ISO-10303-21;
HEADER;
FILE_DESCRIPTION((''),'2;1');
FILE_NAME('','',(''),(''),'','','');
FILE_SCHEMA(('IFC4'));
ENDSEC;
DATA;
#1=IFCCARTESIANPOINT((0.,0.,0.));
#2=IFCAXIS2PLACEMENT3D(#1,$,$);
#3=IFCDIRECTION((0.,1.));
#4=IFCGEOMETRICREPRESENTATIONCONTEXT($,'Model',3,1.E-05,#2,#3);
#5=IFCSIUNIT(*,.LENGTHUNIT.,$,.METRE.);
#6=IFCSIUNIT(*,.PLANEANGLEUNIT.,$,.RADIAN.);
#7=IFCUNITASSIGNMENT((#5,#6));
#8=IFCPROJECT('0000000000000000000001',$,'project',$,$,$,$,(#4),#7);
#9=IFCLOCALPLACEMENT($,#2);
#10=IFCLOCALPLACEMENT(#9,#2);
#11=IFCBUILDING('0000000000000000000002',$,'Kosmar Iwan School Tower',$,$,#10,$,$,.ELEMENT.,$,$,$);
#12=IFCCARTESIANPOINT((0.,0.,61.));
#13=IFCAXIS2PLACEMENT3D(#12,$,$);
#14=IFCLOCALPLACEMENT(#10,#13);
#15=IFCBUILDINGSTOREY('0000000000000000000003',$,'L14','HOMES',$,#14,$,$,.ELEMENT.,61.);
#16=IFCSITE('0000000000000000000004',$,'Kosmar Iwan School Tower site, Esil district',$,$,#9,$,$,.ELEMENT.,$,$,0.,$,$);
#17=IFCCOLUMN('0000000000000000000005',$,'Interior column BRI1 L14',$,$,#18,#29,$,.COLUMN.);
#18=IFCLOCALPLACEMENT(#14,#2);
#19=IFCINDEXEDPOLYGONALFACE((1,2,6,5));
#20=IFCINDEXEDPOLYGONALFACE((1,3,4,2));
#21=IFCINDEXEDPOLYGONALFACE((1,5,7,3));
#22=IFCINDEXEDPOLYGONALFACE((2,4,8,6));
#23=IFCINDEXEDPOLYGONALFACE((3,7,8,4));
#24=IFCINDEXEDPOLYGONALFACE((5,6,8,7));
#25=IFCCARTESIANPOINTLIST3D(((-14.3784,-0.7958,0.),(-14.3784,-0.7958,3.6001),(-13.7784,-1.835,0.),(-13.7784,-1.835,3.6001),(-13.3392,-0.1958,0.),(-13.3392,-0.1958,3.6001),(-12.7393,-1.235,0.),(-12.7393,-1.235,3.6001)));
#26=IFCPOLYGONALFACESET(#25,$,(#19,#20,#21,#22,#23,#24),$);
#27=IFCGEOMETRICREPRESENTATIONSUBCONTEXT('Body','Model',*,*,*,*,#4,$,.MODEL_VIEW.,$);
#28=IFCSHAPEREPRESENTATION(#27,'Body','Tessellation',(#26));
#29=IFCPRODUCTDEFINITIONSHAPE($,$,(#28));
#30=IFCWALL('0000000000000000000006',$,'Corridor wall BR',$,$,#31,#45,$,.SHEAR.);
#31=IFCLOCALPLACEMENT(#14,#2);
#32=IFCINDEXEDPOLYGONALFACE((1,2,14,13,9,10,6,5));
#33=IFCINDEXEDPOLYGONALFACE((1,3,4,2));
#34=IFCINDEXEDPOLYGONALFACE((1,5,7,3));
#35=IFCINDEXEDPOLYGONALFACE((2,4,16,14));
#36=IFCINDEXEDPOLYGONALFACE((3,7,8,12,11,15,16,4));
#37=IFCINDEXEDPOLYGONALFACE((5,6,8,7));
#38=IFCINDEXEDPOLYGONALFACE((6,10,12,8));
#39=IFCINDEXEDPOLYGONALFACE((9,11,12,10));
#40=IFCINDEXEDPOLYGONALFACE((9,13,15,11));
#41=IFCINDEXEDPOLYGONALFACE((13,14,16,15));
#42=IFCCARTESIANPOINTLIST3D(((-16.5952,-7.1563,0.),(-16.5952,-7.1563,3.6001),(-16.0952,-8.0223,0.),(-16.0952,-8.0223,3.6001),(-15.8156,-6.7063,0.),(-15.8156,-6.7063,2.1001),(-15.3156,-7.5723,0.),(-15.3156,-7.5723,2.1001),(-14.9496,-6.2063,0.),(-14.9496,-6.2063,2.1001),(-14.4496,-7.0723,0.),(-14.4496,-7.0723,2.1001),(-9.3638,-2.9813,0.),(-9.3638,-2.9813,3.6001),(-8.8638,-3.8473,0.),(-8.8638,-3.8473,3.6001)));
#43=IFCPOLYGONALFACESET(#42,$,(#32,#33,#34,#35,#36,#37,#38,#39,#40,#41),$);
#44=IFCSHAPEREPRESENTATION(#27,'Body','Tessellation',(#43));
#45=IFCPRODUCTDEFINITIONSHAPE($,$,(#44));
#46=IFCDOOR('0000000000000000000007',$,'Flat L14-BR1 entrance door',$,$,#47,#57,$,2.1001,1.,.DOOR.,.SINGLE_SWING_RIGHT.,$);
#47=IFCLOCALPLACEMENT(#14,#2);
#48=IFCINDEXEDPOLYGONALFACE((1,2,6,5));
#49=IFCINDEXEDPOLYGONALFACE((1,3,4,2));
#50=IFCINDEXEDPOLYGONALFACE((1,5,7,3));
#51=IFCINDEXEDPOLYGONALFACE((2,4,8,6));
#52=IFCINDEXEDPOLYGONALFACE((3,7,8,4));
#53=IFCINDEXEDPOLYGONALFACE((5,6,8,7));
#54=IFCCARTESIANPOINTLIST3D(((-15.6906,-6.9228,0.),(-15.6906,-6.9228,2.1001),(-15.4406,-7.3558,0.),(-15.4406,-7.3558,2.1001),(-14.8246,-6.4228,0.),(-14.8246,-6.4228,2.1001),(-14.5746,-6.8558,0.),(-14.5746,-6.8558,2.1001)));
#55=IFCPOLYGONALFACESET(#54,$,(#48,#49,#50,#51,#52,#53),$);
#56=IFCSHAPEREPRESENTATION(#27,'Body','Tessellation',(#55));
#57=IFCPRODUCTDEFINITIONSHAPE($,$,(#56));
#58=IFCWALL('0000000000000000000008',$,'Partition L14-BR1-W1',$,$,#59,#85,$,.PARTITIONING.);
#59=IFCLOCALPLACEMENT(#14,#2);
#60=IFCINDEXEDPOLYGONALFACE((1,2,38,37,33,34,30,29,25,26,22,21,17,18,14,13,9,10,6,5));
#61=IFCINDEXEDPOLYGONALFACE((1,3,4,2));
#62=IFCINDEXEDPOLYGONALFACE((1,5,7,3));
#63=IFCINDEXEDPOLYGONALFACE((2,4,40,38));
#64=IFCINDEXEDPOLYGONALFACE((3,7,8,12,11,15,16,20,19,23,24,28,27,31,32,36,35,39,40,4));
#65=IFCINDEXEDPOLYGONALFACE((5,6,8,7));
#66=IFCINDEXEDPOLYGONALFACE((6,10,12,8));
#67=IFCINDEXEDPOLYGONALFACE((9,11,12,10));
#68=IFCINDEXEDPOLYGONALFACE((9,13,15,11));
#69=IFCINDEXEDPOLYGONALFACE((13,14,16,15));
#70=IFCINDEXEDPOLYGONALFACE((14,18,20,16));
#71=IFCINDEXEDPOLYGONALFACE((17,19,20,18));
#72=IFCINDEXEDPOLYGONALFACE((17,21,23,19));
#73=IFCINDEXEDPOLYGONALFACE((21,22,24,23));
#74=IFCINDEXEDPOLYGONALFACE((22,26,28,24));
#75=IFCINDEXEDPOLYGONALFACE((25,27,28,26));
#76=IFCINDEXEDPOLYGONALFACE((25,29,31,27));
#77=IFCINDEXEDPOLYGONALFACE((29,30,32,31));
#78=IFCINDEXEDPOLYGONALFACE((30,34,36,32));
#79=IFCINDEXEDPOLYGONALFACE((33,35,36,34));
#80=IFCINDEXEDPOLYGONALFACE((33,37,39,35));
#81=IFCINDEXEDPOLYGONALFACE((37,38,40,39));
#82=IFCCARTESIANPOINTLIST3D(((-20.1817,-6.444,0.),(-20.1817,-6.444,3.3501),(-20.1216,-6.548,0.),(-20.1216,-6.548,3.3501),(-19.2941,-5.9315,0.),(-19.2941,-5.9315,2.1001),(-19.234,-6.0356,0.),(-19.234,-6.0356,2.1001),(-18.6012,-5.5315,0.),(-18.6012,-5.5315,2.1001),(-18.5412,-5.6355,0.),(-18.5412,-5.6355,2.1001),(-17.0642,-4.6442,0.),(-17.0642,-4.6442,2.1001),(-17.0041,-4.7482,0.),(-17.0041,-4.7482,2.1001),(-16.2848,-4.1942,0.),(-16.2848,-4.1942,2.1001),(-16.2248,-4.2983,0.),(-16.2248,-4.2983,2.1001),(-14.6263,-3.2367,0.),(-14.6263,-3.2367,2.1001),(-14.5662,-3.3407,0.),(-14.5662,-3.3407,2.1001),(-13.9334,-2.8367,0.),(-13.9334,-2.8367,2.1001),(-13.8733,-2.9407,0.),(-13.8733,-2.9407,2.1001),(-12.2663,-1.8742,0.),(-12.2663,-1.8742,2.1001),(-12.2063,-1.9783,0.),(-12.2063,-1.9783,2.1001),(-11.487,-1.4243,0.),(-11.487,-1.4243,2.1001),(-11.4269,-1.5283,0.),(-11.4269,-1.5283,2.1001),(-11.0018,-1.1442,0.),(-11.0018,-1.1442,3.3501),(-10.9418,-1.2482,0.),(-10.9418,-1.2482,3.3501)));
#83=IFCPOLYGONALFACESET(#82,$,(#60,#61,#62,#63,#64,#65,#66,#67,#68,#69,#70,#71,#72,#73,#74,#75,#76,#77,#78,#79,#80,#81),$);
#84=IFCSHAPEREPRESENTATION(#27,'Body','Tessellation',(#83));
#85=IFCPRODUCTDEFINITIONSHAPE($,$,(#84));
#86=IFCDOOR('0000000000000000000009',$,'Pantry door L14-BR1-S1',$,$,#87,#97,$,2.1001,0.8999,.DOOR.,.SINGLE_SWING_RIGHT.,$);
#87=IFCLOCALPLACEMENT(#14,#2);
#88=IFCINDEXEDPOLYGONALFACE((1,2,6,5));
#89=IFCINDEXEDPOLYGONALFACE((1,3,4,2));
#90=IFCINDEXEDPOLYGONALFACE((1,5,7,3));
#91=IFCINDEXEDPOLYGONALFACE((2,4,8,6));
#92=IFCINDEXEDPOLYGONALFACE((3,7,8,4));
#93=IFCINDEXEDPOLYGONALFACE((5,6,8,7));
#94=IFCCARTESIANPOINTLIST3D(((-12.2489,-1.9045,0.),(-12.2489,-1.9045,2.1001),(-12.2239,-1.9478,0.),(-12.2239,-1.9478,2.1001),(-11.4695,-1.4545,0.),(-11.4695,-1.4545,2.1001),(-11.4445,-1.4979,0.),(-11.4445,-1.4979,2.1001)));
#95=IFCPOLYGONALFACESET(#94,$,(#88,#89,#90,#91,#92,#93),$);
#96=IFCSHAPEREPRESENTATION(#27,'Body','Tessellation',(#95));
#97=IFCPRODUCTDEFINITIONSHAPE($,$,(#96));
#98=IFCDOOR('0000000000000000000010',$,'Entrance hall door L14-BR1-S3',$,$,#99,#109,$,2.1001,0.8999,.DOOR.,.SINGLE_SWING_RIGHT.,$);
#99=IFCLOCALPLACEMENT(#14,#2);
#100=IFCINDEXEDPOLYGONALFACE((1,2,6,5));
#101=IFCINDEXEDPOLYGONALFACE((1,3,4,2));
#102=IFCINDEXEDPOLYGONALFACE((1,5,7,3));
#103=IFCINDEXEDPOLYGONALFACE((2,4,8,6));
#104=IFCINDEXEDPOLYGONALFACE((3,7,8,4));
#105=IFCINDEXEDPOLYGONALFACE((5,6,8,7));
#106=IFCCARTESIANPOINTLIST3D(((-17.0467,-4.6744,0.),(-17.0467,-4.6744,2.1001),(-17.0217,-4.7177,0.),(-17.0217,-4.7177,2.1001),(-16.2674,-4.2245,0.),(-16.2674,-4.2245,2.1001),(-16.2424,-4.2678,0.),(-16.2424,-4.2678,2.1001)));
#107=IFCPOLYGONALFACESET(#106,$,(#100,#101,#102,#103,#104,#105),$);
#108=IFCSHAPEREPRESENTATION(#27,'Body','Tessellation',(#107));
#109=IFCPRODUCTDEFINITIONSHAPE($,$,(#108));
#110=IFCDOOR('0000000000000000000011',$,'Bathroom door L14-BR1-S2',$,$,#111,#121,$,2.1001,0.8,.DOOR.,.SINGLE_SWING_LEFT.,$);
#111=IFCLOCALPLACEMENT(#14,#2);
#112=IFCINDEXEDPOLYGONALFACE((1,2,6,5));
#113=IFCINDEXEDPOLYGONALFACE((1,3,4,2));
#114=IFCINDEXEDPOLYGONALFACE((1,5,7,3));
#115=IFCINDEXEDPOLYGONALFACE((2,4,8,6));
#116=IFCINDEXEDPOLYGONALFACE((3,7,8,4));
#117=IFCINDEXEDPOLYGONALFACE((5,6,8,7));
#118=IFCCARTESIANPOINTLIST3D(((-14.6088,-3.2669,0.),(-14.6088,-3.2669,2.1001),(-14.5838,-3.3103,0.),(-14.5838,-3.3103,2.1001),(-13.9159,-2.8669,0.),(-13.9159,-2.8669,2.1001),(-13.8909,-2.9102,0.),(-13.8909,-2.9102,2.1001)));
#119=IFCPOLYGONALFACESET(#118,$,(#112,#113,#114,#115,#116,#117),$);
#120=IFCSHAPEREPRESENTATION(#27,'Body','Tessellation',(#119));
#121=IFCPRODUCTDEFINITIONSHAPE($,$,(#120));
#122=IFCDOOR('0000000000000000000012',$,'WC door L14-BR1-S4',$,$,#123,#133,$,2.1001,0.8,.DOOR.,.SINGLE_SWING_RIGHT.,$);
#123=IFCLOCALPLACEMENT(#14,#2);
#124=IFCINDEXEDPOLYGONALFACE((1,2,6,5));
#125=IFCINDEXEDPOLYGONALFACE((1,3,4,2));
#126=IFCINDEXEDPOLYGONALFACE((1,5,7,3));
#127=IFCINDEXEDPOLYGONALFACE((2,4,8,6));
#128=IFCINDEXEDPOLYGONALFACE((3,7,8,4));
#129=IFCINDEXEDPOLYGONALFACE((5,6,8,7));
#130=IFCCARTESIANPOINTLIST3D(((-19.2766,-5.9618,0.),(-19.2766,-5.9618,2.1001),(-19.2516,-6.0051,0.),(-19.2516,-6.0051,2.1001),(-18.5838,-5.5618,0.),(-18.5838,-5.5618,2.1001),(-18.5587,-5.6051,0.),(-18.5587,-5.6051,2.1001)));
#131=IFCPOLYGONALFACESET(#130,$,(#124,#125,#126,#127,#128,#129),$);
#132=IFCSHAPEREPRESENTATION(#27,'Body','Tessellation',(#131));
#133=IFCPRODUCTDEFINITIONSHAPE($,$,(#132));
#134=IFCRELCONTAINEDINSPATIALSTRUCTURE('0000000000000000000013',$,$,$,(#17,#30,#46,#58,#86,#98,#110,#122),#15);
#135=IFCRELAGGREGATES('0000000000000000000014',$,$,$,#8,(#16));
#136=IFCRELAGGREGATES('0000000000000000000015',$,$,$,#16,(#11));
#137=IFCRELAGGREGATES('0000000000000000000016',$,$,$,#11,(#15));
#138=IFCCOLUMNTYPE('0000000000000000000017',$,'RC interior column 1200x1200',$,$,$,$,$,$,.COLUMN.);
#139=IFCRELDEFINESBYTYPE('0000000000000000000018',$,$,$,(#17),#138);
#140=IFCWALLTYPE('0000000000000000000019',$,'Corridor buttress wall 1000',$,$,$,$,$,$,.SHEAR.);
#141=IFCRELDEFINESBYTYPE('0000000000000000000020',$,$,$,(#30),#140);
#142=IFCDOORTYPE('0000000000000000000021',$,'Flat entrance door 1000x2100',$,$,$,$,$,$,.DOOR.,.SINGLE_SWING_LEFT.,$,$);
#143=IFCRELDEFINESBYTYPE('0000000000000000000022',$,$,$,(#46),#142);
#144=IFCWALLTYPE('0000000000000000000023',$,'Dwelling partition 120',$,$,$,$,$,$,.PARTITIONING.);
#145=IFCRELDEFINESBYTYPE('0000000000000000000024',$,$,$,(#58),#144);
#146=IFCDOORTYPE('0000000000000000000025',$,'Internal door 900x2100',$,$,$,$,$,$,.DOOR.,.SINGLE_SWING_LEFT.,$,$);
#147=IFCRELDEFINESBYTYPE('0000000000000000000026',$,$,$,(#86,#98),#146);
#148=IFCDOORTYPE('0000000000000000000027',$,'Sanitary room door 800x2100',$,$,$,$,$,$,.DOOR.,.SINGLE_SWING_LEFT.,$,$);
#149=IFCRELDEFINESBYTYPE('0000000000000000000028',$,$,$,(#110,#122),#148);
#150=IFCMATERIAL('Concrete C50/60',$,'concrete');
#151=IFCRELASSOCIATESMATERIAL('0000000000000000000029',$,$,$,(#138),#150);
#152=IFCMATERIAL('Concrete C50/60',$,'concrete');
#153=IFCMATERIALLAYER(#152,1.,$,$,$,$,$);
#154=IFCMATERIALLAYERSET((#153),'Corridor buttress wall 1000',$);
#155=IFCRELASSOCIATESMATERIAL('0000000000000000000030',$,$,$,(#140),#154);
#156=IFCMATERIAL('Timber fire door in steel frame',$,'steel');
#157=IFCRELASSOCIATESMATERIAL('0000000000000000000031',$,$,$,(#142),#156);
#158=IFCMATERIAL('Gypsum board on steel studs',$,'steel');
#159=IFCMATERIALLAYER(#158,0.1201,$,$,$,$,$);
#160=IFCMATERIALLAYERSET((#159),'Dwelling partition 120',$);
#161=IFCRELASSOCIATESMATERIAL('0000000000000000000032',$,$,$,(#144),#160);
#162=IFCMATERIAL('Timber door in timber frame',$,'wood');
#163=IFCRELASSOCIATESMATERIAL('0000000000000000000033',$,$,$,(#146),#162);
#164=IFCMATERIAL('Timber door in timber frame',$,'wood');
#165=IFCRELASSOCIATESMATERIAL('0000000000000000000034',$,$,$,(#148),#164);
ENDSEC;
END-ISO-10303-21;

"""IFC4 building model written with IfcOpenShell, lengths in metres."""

from ifc_helpers import new_model, si_unit, direction, frame, frame_2d, origin, origin_2d, place, context, subcontext, project, spatial, rectangle, extrude, material, layer, layer_set, material_profile, profile_set, type_object, element, fill, save


model = new_model("IFC4")

# Units and contexts
model_context = context("Model", 3, precision=1e-05, world=origin(), true_north=direction((0.0, 1.0)))
body_context = subcontext(model_context, "Body", "Model", "MODEL_VIEW")
ifc_project = project(units=[si_unit("LENGTHUNIT", "METRE"), si_unit("PLANEANGLEUNIT", "RADIAN")], contexts=[model_context])

# Site, building, storey
site_placement = place(None, origin())
site = spatial("IfcSite", under=ifc_project, at=site_placement, Name="Kosmar Iwan School Tower site, Esil district", CompositionType="ELEMENT", RefElevation=0.0)
building_placement = place(site_placement, origin())
building = spatial("IfcBuilding", under=site, at=building_placement, Name="Kosmar Iwan School Tower", CompositionType="ELEMENT")
storey_placement = place(building_placement, frame((0.0, 0.0, 61.0)))
storey = spatial("IfcBuildingStorey", under=building, at=storey_placement, Name="L14", Description="HOMES", CompositionType="ELEMENT", Elevation=61.0)

# Column
ifc_material_1 = material(Name="Concrete C50/60", Category="concrete")
ifc_material_profile = material_profile(ifc_material_1, rectangle(XDim=1.2, YDim=1.2, at=origin_2d()), Name="RC 1200x1200")
ifc_profile_set = profile_set([ifc_material_profile], Name="Concrete C50/60")
column_type = type_object("IfcColumnType", Name="RC interior column 1200x1200", PredefinedType="COLUMN", material=ifc_profile_set)
column_placement = place(storey_placement, frame((-13.5588, -1.0154, 0.0), z_axis=(0.0, 0.0, 1.0), x_axis=(-0.866025, -0.5, 0.0)))
element("IfcColumn", 1, at=column_placement, inside=storey, type_object=column_type, Name="Interior column BRI1 L14", PredefinedType="COLUMN", context=body_context, shape_type="SweptSolid", body=[
    extrude(rectangle(XDim=1.2, YDim=1.2, at=origin_2d()), origin(), (0.0, 0.0, 1.0), 3.6001),
])

# Wall, opening, door
ifc_material_2 = material(Name="Concrete C50/60", Category="concrete")
ifc_layer_1 = layer(ifc_material_2, 1.0)
ifc_layer_set_1 = layer_set([ifc_layer_1], Name="Corridor buttress wall 1000")
wall_type_1 = type_object("IfcWallType", Name="Corridor buttress wall 1000", PredefinedType="SHEAR", material=ifc_layer_set_1)
wall_1_placement = place(storey_placement, frame((-9.1138, -3.4143, 0.0), z_axis=(0.0, 0.0, 1.0), x_axis=(-0.866027, -0.499997, 0.0)))
wall_1 = element("IfcWall", 2, at=wall_1_placement, inside=storey, type_object=wall_type_1, Name="Corridor wall BR", PredefinedType="SHEAR", context=body_context, shape_type="SweptSolid", body=[
    extrude(rectangle(XDim=8.3501, YDim=1.0, at=frame_2d((4.175, 0.0))), origin(), (0.0, 0.0, 1.0), 3.6001),
])
opening_1_placement = place(wall_1_placement, frame((6.45, 0.0, 0.0)))
opening_1 = element("IfcOpeningElement", 3, at=opening_1_placement, cuts=wall_1, PredefinedType="OPENING", context=body_context, shape_type="SweptSolid", body=[
    extrude(rectangle(XDim=1.0, YDim=2.1001, at=frame_2d((0.5, 1.05))), frame((0.0, 0.512, 0.0), z_axis=(0.0, -1.0, 0.0), x_axis=(1.0, 0.0, 0.0)), (0.0, 0.0, 1.0), 1.0239),
])
ifc_material_3 = material(Name="Timber fire door in steel frame", Category="steel")
door_type_1 = type_object("IfcDoorType", Name="Flat entrance door 1000x2100", OperationType="SINGLE_SWING_LEFT", PredefinedType="DOOR", material=ifc_material_3)
door_1_placement = place(opening_1_placement, origin())
door_1 = element("IfcDoor", 4, at=door_1_placement, inside=storey, type_object=door_type_1, Name="Flat L14-BR1 entrance door", OperationType="SINGLE_SWING_RIGHT", OverallHeight=2.1001, OverallWidth=1.0, PredefinedType="DOOR", context=body_context, shape_type="SweptSolid", body=[
    extrude(rectangle(XDim=1.0, YDim=2.1001, at=frame_2d((0.5, 1.05))), frame((0.0, 0.25, 0.0), z_axis=(0.0, -1.0, 0.0), x_axis=(1.0, 0.0, 0.0)), (0.0, 0.0, 1.0), 0.5),
])
fill(opening_1, door_1)

# Wall, openings, doors
ifc_material_4 = material(Name="Gypsum board on steel studs", Category="steel")
ifc_layer_2 = layer(ifc_material_4, 0.1201)
ifc_layer_set_2 = layer_set([ifc_layer_2], Name="Dwelling partition 120")
wall_type_2 = type_object("IfcWallType", Name="Dwelling partition 120", PredefinedType="PARTITIONING", material=ifc_layer_set_2)
wall_2_placement = place(storey_placement, frame((-10.9719, -1.1963, 0.0), z_axis=(0.0, 0.0, 1.0), x_axis=(-0.866035, -0.499984, 0.0)))
wall_2 = element("IfcWall", 5, at=wall_2_placement, inside=storey, type_object=wall_type_2, Name="Partition L14-BR1-W1", PredefinedType="PARTITIONING", context=body_context, shape_type="SweptSolid", body=[
    extrude(rectangle(XDim=10.5999, YDim=0.1201, at=frame_2d((5.2998, 0.0))), origin(), (0.0, 0.0, 1.0), 3.3501),
])
opening_2_placement = place(wall_2_placement, frame((0.5601, 0.0, 0.0)))
opening_2 = element("IfcOpeningElement", 6, at=opening_2_placement, cuts=wall_2, PredefinedType="OPENING", context=body_context, shape_type="SweptSolid", body=[
    extrude(rectangle(XDim=0.8999, YDim=2.1001, at=frame_2d((0.45, 1.05))), frame((0.0, 0.072, 0.0), z_axis=(0.0, -1.0, 0.0), x_axis=(1.0, 0.0, 0.0)), (0.0, 0.0, 1.0), 0.144),
])
opening_3_placement = place(wall_2_placement, frame((3.385, 0.0, 0.0)))
opening_3 = element("IfcOpeningElement", 7, at=opening_3_placement, cuts=wall_2, PredefinedType="OPENING", context=body_context, shape_type="SweptSolid", body=[
    extrude(rectangle(XDim=0.8, YDim=2.1001, at=frame_2d((0.3999, 1.05))), frame((0.0, 0.072, 0.0), z_axis=(0.0, -1.0, 0.0), x_axis=(1.0, 0.0, 0.0)), (0.0, 0.0, 1.0), 0.144),
])
opening_4_placement = place(wall_2_placement, frame((6.1001, 0.0, 0.0)))
opening_4 = element("IfcOpeningElement", 8, at=opening_4_placement, cuts=wall_2, PredefinedType="OPENING", context=body_context, shape_type="SweptSolid", body=[
    extrude(rectangle(XDim=0.8999, YDim=2.1001, at=frame_2d((0.45, 1.05))), frame((0.0, 0.072, 0.0), z_axis=(0.0, -1.0, 0.0), x_axis=(1.0, 0.0, 0.0)), (0.0, 0.0, 1.0), 0.144),
])
opening_5_placement = place(wall_2_placement, frame((8.7749, 0.0, 0.0)))
opening_5 = element("IfcOpeningElement", 9, at=opening_5_placement, cuts=wall_2, PredefinedType="OPENING", context=body_context, shape_type="SweptSolid", body=[
    extrude(rectangle(XDim=0.8, YDim=2.1001, at=frame_2d((0.3999, 1.05))), frame((0.0, 0.072, 0.0), z_axis=(0.0, -1.0, 0.0), x_axis=(1.0, 0.0, 0.0)), (0.0, 0.0, 1.0), 0.144),
])
ifc_material_5 = material(Name="Timber door in timber frame", Category="wood")
door_type_2 = type_object("IfcDoorType", Name="Internal door 900x2100", OperationType="SINGLE_SWING_LEFT", PredefinedType="DOOR", material=ifc_material_5)
door_2_placement = place(opening_2_placement, origin())
door_2 = element("IfcDoor", 10, at=door_2_placement, inside=storey, type_object=door_type_2, Name="Pantry door L14-BR1-S1", OperationType="SINGLE_SWING_RIGHT", OverallHeight=2.1001, OverallWidth=0.8999, PredefinedType="DOOR", context=body_context, shape_type="SweptSolid", body=[
    extrude(rectangle(XDim=0.8999, YDim=2.1001, at=frame_2d((0.45, 1.05))), frame((0.0, 0.0249, 0.0), z_axis=(0.0, -1.0, 0.0), x_axis=(1.0, 0.0, 0.0)), (0.0, 0.0, 1.0), 0.05),
])
fill(opening_2, door_2)
door_3_placement = place(opening_4_placement, origin())
door_3 = element("IfcDoor", 11, at=door_3_placement, inside=storey, type_object=door_type_2, Name="Entrance hall door L14-BR1-S3", OperationType="SINGLE_SWING_RIGHT", OverallHeight=2.1001, OverallWidth=0.8999, PredefinedType="DOOR", context=body_context, shape_type="SweptSolid", body=[
    extrude(rectangle(XDim=0.8999, YDim=2.1001, at=frame_2d((0.45, 1.05))), frame((0.0, 0.0249, 0.0), z_axis=(0.0, -1.0, 0.0), x_axis=(1.0, 0.0, 0.0)), (0.0, 0.0, 1.0), 0.05),
])
fill(opening_4, door_3)
ifc_material_6 = material(Name="Timber door in timber frame", Category="wood")
door_type_3 = type_object("IfcDoorType", Name="Sanitary room door 800x2100", OperationType="SINGLE_SWING_LEFT", PredefinedType="DOOR", material=ifc_material_6)
door_4_placement = place(opening_3_placement, origin())
door_4 = element("IfcDoor", 12, at=door_4_placement, inside=storey, type_object=door_type_3, Name="Bathroom door L14-BR1-S2", OperationType="SINGLE_SWING_LEFT", OverallHeight=2.1001, OverallWidth=0.8, PredefinedType="DOOR", context=body_context, shape_type="SweptSolid", body=[
    extrude(rectangle(XDim=0.8, YDim=2.1001, at=frame_2d((0.3999, 1.05))), frame((0.0, 0.0249, 0.0), z_axis=(0.0, -1.0, 0.0), x_axis=(1.0, 0.0, 0.0)), (0.0, 0.0, 1.0), 0.05),
])
fill(opening_3, door_4)
door_5_placement = place(opening_5_placement, origin())
door_5 = element("IfcDoor", 13, at=door_5_placement, inside=storey, type_object=door_type_3, Name="WC door L14-BR1-S4", OperationType="SINGLE_SWING_RIGHT", OverallHeight=2.1001, OverallWidth=0.8, PredefinedType="DOOR", context=body_context, shape_type="SweptSolid", body=[
    extrude(rectangle(XDim=0.8, YDim=2.1001, at=frame_2d((0.3999, 1.05))), frame((0.0, 0.0249, 0.0), z_axis=(0.0, -1.0, 0.0), x_axis=(1.0, 0.0, 0.0)), (0.0, 0.0, 1.0), 0.05),
])
fill(opening_5, door_5)

save(model, "model.ifc")
